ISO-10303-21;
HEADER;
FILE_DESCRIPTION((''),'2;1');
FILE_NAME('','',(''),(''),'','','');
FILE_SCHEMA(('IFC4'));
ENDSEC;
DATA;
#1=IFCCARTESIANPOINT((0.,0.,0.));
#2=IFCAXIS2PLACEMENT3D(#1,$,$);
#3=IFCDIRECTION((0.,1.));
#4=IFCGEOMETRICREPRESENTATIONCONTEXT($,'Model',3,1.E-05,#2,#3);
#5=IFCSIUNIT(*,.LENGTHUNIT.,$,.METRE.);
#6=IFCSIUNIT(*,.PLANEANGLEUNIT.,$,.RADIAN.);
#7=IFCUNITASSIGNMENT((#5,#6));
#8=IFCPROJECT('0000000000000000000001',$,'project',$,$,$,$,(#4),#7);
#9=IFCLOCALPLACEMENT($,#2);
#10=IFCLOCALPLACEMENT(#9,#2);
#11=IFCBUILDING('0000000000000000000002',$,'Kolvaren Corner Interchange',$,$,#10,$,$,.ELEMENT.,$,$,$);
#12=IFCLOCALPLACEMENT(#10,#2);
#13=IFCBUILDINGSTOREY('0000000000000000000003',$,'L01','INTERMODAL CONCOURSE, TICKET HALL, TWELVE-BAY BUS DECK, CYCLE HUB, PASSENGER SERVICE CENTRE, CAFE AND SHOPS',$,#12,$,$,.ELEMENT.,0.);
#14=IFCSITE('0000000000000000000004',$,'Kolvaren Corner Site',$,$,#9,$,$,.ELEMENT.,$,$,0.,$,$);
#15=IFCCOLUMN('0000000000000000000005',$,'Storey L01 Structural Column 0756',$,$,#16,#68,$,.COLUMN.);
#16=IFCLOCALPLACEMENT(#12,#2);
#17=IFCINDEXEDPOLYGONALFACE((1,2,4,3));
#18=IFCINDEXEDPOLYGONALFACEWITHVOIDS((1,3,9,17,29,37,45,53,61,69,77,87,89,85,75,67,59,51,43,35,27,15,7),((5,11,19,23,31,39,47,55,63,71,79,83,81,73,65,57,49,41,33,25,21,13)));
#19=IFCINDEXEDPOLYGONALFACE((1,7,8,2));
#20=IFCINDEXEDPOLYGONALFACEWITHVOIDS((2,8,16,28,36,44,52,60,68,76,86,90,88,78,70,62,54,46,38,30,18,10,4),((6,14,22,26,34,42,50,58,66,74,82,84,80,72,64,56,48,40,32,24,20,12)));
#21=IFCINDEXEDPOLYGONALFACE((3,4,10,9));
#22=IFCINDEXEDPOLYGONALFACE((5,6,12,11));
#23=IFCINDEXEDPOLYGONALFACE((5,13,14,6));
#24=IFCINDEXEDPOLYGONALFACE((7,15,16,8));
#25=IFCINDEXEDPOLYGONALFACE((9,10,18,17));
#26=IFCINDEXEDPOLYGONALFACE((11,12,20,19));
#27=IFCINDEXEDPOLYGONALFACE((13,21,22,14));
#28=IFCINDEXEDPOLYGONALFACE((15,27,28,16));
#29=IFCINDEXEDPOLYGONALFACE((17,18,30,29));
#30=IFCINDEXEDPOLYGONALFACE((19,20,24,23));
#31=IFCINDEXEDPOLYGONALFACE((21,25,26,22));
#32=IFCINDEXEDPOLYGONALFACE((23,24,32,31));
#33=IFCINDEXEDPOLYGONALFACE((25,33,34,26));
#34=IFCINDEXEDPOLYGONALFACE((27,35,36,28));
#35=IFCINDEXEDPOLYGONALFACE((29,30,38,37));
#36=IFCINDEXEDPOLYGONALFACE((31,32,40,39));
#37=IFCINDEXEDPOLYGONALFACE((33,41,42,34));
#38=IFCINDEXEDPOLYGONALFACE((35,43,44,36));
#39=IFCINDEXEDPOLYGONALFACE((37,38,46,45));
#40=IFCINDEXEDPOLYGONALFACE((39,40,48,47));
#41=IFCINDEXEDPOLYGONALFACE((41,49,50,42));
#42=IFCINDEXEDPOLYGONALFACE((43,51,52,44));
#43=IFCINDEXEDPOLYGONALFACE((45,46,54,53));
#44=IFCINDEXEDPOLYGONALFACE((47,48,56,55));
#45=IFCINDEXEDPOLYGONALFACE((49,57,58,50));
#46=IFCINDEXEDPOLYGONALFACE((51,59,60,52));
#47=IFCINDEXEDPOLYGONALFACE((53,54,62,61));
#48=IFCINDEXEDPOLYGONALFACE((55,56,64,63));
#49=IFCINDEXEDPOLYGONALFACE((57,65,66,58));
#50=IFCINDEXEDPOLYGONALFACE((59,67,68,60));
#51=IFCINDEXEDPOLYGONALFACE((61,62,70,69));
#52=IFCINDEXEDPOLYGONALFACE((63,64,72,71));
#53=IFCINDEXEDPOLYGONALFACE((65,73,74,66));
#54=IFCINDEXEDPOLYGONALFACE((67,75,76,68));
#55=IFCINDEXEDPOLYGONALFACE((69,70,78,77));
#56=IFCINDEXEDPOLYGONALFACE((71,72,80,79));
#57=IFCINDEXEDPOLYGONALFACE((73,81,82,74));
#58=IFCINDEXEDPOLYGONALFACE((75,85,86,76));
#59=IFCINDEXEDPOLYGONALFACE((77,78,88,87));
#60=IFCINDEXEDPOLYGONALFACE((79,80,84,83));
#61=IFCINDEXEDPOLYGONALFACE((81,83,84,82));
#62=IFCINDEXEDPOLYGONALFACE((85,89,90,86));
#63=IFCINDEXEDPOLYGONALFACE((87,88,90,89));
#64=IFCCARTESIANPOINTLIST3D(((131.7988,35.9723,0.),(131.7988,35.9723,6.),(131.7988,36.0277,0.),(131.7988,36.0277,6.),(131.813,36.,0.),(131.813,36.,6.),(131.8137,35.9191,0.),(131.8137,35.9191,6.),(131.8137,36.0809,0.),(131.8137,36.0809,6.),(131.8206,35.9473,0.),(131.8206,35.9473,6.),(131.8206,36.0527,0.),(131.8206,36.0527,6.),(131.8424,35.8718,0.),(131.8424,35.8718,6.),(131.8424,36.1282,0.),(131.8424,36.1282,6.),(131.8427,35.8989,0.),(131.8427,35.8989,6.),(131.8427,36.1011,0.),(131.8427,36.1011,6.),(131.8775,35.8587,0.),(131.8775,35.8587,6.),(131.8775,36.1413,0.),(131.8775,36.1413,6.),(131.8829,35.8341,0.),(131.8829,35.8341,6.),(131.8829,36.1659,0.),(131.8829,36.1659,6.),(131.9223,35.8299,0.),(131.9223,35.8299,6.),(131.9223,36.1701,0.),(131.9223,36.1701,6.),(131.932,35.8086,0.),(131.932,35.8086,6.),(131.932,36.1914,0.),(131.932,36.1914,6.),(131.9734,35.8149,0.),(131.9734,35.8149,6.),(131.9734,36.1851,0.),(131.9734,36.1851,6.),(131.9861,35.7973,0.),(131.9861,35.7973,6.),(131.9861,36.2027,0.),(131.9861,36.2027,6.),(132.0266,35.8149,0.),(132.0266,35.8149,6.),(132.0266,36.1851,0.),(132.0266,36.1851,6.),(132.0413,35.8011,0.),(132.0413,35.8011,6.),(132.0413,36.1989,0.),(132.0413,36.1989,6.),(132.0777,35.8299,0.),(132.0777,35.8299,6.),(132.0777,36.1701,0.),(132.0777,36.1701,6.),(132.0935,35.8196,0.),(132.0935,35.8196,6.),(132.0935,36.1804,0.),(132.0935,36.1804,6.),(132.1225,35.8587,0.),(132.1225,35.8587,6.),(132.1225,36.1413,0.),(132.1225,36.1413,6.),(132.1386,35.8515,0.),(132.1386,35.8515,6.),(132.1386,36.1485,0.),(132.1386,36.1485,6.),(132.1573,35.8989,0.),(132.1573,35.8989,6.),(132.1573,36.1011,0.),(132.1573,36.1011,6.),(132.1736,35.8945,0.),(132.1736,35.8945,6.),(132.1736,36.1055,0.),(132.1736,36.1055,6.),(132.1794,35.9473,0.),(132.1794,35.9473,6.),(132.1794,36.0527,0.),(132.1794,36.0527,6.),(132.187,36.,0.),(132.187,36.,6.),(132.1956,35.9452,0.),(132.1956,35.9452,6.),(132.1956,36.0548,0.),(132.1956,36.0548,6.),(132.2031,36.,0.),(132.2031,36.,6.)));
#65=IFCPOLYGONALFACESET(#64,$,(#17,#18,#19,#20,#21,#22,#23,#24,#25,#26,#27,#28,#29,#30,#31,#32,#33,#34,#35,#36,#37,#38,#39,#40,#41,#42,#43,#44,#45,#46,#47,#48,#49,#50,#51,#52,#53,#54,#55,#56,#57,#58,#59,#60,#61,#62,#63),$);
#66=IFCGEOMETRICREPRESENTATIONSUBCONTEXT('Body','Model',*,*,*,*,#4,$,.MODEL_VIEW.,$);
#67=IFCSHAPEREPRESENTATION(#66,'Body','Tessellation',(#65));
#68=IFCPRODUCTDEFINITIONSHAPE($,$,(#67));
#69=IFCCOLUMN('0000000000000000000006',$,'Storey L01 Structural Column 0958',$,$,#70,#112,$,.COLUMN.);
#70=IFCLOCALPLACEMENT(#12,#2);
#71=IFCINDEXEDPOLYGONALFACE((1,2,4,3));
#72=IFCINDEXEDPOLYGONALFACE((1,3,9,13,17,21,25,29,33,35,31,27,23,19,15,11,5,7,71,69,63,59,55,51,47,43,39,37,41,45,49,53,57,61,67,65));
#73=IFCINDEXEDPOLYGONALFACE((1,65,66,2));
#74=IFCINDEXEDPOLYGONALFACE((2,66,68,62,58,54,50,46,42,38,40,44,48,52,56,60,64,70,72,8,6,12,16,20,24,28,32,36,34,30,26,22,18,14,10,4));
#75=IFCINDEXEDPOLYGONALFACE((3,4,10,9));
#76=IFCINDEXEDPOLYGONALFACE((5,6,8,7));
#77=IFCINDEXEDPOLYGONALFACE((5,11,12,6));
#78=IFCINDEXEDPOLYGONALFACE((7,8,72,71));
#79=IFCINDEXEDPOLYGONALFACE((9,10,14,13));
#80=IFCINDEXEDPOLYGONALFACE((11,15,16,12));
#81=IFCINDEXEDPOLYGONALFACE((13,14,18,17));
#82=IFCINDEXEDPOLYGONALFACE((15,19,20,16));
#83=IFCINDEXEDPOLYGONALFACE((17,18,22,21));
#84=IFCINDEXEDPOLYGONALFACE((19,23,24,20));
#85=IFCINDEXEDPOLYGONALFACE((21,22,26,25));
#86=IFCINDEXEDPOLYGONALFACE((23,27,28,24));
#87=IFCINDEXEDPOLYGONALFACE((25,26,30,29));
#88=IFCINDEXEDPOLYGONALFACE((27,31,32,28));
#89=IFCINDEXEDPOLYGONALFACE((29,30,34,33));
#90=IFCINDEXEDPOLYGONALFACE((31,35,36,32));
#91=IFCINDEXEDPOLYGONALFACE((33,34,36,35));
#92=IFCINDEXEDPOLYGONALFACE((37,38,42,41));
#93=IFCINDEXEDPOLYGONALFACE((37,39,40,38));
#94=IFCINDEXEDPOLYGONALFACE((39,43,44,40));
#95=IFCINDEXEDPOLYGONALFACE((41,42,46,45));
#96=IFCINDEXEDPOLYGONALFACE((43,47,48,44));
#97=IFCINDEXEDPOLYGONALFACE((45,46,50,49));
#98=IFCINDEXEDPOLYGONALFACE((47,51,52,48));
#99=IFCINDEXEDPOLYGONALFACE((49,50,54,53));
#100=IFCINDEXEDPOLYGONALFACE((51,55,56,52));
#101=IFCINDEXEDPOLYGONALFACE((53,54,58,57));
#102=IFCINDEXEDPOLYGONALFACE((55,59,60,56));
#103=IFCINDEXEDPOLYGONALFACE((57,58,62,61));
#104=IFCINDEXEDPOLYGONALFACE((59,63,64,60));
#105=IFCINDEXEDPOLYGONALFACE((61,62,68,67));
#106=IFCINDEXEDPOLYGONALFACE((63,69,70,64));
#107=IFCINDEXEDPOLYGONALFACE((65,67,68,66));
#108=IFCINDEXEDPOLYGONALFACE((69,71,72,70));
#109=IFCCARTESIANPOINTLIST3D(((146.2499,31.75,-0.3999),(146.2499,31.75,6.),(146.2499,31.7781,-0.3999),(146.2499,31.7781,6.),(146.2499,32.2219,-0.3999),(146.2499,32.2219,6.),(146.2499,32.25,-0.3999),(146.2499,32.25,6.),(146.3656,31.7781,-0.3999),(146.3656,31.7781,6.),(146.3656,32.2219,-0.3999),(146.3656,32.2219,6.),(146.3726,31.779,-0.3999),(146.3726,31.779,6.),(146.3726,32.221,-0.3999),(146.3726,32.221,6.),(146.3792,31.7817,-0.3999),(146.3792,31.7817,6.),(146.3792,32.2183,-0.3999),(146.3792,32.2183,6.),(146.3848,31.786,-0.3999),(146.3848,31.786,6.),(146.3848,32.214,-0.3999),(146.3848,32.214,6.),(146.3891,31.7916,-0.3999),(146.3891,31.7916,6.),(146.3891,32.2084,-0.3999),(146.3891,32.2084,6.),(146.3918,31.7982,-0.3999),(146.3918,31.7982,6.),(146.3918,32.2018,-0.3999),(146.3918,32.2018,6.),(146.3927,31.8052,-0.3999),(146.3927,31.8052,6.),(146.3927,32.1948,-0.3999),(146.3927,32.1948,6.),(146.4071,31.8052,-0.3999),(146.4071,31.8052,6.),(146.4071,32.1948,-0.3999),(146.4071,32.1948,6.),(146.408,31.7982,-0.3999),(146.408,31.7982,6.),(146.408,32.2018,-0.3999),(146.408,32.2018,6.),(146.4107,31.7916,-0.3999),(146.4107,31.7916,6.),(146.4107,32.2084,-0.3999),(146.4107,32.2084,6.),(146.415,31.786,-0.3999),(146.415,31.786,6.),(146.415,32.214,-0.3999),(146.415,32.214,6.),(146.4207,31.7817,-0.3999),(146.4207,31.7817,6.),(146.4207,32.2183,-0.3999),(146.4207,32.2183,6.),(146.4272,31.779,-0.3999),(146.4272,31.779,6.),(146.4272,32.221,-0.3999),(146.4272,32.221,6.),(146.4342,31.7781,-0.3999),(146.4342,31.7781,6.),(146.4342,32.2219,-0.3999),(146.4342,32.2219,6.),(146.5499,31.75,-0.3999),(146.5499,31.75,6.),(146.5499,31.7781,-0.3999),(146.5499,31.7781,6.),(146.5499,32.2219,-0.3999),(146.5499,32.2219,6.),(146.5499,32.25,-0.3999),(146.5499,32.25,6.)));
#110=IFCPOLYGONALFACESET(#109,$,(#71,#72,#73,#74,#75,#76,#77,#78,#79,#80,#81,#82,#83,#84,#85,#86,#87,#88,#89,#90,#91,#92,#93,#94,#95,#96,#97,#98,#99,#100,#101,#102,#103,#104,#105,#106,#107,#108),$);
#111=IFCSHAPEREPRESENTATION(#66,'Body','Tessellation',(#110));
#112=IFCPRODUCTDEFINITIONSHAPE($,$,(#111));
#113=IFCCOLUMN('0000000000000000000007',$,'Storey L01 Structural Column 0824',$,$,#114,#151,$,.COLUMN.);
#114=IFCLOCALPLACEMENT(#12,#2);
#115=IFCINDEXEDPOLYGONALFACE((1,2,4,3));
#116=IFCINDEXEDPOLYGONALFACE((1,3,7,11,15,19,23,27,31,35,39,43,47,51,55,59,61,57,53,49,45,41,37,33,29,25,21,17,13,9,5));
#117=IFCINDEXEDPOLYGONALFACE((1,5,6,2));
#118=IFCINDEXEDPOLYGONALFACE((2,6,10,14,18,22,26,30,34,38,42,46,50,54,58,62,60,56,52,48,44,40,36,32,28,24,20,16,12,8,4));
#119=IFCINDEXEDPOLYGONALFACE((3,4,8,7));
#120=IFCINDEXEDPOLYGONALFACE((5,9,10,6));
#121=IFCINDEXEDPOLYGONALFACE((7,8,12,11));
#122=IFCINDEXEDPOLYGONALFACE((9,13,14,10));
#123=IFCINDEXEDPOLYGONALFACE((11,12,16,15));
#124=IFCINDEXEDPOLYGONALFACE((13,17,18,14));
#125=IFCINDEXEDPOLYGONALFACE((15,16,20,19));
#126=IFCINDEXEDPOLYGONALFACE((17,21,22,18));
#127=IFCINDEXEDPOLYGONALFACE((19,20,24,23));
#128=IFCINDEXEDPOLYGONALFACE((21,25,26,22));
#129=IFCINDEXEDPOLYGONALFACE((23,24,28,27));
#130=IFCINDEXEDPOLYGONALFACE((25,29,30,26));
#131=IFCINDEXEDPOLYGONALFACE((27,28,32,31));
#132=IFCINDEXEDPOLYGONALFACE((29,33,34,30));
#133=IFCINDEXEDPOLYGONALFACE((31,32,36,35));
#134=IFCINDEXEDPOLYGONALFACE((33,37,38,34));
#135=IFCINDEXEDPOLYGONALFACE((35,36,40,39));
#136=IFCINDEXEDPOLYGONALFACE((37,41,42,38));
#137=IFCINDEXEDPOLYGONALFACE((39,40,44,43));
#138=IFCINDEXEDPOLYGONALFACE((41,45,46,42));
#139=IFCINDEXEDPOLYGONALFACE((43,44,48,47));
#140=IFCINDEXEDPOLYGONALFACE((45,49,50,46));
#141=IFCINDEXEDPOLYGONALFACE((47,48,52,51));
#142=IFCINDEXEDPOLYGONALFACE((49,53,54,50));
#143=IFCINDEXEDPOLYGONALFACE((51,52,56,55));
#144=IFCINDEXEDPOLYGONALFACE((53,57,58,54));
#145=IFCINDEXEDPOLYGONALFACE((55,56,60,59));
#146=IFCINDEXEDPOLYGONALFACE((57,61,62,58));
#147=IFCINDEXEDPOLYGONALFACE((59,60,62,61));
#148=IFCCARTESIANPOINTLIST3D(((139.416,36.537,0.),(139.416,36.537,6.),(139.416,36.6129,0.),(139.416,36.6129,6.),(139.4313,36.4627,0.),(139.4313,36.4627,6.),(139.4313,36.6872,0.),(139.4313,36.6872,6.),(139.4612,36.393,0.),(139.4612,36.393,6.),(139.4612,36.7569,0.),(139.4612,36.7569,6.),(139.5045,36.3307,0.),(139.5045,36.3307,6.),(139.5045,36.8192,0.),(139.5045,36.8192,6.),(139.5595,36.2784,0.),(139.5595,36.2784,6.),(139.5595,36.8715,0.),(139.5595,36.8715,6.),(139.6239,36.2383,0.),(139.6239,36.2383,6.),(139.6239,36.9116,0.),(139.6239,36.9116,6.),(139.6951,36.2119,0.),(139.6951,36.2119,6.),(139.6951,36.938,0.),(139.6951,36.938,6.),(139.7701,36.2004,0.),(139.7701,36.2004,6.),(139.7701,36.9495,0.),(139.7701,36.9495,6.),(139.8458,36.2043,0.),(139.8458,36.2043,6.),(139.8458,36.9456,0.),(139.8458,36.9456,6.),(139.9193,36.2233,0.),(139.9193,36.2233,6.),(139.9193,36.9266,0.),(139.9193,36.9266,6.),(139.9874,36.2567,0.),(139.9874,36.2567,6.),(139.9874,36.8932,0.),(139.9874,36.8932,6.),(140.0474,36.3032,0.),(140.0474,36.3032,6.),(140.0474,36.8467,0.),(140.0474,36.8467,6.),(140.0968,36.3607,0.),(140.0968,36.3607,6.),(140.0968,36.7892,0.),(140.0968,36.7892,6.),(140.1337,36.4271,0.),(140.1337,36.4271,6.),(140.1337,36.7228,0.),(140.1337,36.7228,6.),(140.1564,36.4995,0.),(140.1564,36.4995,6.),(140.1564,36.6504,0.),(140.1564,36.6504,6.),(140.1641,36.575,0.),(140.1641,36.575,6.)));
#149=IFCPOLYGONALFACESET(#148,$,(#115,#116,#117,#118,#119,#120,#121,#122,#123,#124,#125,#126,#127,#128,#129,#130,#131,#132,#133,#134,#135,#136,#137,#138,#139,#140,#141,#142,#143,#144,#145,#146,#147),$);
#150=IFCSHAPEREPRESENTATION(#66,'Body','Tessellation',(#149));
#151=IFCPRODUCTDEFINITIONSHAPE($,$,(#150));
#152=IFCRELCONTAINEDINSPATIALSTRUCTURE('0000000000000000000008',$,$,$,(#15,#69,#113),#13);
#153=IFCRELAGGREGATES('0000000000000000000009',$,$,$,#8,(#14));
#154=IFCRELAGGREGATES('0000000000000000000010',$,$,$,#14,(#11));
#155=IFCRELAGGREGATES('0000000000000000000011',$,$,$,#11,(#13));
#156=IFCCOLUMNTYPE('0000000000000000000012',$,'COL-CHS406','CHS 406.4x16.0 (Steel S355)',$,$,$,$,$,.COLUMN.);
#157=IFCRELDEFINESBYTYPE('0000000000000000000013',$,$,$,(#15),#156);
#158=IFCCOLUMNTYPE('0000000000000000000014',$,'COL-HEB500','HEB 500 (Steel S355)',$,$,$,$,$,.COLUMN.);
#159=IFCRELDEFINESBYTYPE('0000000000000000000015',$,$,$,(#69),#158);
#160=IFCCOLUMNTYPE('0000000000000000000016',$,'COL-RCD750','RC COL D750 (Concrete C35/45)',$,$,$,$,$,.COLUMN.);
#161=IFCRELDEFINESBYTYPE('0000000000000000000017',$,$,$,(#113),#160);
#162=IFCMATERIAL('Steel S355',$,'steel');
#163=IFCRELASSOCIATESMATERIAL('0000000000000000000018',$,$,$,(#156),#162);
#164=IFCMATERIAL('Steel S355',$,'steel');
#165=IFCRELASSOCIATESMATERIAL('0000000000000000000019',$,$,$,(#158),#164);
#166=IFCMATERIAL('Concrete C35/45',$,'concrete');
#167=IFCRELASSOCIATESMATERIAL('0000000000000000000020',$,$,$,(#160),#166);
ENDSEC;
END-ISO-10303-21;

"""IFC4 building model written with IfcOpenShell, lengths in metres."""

from ifc_helpers import new_model, si_unit, direction, frame, origin, origin_2d, place, context, subcontext, project, spatial, circle, hollow_circle, i_section, extrude, material, material_profile, profile_set, type_object, element, save


model = new_model("IFC4")

# Units and contexts
model_context = context("Model", 3, precision=1e-05, world=origin(), true_north=direction((0.0, 1.0)))
body_context = subcontext(model_context, "Body", "Model", "MODEL_VIEW")
ifc_project = project(units=[si_unit("LENGTHUNIT", "METRE"), si_unit("PLANEANGLEUNIT", "RADIAN")], contexts=[model_context])

# Site, building, storey
site_placement = place(None, origin())
site = spatial("IfcSite", under=ifc_project, at=site_placement, Name="Kolvaren Corner Site", CompositionType="ELEMENT", RefElevation=0.0)
building_placement = place(site_placement, origin())
building = spatial("IfcBuilding", under=site, at=building_placement, Name="Kolvaren Corner Interchange", CompositionType="ELEMENT")
storey_placement = place(building_placement, origin())
storey = spatial("IfcBuildingStorey", under=building, at=storey_placement, Name="L01", Description="INTERMODAL CONCOURSE, TICKET HALL, TWELVE-BAY BUS DECK, CYCLE HUB, PASSENGER SERVICE CENTRE, CAFE AND SHOPS", CompositionType="ELEMENT", Elevation=0.0)

# Columns
ifc_material_1 = material(Name="Steel S355", Category="steel")
ifc_material_profile_1 = material_profile(ifc_material_1, hollow_circle(Radius=0.2031, WallThickness=0.0161, at=origin_2d()), Name="CHS 406.4x16.0")
ifc_profile_set_1 = profile_set([ifc_material_profile_1], Name="Steel S355")
column_type_1 = type_object("IfcColumnType", Name="COL-CHS406", Description="CHS 406.4x16.0 (Steel S355)", PredefinedType="COLUMN", material=ifc_profile_set_1)
column_1_placement = place(storey_placement, frame((132.0, 36.0, 0.0), z_axis=(0.0, 0.0, 1.0), x_axis=(1.0, 0.0, 0.0)))
element("IfcColumn", 1, at=column_1_placement, inside=storey, type_object=column_type_1, Name="Storey L01 Structural Column 0756", PredefinedType="COLUMN", context=body_context, shape_type="SweptSolid", body=[
    extrude(hollow_circle(Radius=0.2031, WallThickness=0.0161, at=origin_2d()), origin(), (0.0, 0.0, 1.0), 6.0),
])
ifc_material_2 = material(Name="Steel S355", Category="steel")
ifc_material_profile_2 = material_profile(ifc_material_2, i_section(OverallWidth=0.3, OverallDepth=0.5, WebThickness=0.0144, FlangeThickness=0.0281, FilletRadius=0.0271, at=origin_2d()), Name="HEB 500")
ifc_profile_set_2 = profile_set([ifc_material_profile_2], Name="Steel S355")
column_type_2 = type_object("IfcColumnType", Name="COL-HEB500", Description="HEB 500 (Steel S355)", PredefinedType="COLUMN", material=ifc_profile_set_2)
column_2_placement = place(storey_placement, frame((146.3999, 32.0, -0.3999), z_axis=(0.0, 0.0, 1.0), x_axis=(1.0, 0.0, 0.0)))
element("IfcColumn", 2, at=column_2_placement, inside=storey, type_object=column_type_2, Name="Storey L01 Structural Column 0958", PredefinedType="COLUMN", context=body_context, shape_type="SweptSolid", body=[
    extrude(i_section(OverallWidth=0.3, OverallDepth=0.5, WebThickness=0.0144, FlangeThickness=0.0281, FilletRadius=0.0271, at=origin_2d()), origin(), (0.0, 0.0, 1.0), 6.3999),
])
ifc_material_3 = material(Name="Concrete C35/45", Category="concrete")
ifc_material_profile_3 = material_profile(ifc_material_3, circle(Radius=0.375, at=origin_2d()), Name="RC COL D750")
ifc_profile_set_3 = profile_set([ifc_material_profile_3], Name="Concrete C35/45")
column_type_3 = type_object("IfcColumnType", Name="COL-RCD750", Description="RC COL D750 (Concrete C35/45)", PredefinedType="COLUMN", material=ifc_profile_set_3)
column_3_placement = place(storey_placement, frame((139.7891, 36.575, 0.0), z_axis=(0.0, 0.0, 1.0), x_axis=(1.0, 0.0, 0.0)))
element("IfcColumn", 3, at=column_3_placement, inside=storey, type_object=column_type_3, Name="Storey L01 Structural Column 0824", PredefinedType="COLUMN", context=body_context, shape_type="SweptSolid", body=[
    extrude(circle(Radius=0.375, at=origin_2d()), origin(), (0.0, 0.0, 1.0), 6.0),
])

save(model, "model.ifc")
